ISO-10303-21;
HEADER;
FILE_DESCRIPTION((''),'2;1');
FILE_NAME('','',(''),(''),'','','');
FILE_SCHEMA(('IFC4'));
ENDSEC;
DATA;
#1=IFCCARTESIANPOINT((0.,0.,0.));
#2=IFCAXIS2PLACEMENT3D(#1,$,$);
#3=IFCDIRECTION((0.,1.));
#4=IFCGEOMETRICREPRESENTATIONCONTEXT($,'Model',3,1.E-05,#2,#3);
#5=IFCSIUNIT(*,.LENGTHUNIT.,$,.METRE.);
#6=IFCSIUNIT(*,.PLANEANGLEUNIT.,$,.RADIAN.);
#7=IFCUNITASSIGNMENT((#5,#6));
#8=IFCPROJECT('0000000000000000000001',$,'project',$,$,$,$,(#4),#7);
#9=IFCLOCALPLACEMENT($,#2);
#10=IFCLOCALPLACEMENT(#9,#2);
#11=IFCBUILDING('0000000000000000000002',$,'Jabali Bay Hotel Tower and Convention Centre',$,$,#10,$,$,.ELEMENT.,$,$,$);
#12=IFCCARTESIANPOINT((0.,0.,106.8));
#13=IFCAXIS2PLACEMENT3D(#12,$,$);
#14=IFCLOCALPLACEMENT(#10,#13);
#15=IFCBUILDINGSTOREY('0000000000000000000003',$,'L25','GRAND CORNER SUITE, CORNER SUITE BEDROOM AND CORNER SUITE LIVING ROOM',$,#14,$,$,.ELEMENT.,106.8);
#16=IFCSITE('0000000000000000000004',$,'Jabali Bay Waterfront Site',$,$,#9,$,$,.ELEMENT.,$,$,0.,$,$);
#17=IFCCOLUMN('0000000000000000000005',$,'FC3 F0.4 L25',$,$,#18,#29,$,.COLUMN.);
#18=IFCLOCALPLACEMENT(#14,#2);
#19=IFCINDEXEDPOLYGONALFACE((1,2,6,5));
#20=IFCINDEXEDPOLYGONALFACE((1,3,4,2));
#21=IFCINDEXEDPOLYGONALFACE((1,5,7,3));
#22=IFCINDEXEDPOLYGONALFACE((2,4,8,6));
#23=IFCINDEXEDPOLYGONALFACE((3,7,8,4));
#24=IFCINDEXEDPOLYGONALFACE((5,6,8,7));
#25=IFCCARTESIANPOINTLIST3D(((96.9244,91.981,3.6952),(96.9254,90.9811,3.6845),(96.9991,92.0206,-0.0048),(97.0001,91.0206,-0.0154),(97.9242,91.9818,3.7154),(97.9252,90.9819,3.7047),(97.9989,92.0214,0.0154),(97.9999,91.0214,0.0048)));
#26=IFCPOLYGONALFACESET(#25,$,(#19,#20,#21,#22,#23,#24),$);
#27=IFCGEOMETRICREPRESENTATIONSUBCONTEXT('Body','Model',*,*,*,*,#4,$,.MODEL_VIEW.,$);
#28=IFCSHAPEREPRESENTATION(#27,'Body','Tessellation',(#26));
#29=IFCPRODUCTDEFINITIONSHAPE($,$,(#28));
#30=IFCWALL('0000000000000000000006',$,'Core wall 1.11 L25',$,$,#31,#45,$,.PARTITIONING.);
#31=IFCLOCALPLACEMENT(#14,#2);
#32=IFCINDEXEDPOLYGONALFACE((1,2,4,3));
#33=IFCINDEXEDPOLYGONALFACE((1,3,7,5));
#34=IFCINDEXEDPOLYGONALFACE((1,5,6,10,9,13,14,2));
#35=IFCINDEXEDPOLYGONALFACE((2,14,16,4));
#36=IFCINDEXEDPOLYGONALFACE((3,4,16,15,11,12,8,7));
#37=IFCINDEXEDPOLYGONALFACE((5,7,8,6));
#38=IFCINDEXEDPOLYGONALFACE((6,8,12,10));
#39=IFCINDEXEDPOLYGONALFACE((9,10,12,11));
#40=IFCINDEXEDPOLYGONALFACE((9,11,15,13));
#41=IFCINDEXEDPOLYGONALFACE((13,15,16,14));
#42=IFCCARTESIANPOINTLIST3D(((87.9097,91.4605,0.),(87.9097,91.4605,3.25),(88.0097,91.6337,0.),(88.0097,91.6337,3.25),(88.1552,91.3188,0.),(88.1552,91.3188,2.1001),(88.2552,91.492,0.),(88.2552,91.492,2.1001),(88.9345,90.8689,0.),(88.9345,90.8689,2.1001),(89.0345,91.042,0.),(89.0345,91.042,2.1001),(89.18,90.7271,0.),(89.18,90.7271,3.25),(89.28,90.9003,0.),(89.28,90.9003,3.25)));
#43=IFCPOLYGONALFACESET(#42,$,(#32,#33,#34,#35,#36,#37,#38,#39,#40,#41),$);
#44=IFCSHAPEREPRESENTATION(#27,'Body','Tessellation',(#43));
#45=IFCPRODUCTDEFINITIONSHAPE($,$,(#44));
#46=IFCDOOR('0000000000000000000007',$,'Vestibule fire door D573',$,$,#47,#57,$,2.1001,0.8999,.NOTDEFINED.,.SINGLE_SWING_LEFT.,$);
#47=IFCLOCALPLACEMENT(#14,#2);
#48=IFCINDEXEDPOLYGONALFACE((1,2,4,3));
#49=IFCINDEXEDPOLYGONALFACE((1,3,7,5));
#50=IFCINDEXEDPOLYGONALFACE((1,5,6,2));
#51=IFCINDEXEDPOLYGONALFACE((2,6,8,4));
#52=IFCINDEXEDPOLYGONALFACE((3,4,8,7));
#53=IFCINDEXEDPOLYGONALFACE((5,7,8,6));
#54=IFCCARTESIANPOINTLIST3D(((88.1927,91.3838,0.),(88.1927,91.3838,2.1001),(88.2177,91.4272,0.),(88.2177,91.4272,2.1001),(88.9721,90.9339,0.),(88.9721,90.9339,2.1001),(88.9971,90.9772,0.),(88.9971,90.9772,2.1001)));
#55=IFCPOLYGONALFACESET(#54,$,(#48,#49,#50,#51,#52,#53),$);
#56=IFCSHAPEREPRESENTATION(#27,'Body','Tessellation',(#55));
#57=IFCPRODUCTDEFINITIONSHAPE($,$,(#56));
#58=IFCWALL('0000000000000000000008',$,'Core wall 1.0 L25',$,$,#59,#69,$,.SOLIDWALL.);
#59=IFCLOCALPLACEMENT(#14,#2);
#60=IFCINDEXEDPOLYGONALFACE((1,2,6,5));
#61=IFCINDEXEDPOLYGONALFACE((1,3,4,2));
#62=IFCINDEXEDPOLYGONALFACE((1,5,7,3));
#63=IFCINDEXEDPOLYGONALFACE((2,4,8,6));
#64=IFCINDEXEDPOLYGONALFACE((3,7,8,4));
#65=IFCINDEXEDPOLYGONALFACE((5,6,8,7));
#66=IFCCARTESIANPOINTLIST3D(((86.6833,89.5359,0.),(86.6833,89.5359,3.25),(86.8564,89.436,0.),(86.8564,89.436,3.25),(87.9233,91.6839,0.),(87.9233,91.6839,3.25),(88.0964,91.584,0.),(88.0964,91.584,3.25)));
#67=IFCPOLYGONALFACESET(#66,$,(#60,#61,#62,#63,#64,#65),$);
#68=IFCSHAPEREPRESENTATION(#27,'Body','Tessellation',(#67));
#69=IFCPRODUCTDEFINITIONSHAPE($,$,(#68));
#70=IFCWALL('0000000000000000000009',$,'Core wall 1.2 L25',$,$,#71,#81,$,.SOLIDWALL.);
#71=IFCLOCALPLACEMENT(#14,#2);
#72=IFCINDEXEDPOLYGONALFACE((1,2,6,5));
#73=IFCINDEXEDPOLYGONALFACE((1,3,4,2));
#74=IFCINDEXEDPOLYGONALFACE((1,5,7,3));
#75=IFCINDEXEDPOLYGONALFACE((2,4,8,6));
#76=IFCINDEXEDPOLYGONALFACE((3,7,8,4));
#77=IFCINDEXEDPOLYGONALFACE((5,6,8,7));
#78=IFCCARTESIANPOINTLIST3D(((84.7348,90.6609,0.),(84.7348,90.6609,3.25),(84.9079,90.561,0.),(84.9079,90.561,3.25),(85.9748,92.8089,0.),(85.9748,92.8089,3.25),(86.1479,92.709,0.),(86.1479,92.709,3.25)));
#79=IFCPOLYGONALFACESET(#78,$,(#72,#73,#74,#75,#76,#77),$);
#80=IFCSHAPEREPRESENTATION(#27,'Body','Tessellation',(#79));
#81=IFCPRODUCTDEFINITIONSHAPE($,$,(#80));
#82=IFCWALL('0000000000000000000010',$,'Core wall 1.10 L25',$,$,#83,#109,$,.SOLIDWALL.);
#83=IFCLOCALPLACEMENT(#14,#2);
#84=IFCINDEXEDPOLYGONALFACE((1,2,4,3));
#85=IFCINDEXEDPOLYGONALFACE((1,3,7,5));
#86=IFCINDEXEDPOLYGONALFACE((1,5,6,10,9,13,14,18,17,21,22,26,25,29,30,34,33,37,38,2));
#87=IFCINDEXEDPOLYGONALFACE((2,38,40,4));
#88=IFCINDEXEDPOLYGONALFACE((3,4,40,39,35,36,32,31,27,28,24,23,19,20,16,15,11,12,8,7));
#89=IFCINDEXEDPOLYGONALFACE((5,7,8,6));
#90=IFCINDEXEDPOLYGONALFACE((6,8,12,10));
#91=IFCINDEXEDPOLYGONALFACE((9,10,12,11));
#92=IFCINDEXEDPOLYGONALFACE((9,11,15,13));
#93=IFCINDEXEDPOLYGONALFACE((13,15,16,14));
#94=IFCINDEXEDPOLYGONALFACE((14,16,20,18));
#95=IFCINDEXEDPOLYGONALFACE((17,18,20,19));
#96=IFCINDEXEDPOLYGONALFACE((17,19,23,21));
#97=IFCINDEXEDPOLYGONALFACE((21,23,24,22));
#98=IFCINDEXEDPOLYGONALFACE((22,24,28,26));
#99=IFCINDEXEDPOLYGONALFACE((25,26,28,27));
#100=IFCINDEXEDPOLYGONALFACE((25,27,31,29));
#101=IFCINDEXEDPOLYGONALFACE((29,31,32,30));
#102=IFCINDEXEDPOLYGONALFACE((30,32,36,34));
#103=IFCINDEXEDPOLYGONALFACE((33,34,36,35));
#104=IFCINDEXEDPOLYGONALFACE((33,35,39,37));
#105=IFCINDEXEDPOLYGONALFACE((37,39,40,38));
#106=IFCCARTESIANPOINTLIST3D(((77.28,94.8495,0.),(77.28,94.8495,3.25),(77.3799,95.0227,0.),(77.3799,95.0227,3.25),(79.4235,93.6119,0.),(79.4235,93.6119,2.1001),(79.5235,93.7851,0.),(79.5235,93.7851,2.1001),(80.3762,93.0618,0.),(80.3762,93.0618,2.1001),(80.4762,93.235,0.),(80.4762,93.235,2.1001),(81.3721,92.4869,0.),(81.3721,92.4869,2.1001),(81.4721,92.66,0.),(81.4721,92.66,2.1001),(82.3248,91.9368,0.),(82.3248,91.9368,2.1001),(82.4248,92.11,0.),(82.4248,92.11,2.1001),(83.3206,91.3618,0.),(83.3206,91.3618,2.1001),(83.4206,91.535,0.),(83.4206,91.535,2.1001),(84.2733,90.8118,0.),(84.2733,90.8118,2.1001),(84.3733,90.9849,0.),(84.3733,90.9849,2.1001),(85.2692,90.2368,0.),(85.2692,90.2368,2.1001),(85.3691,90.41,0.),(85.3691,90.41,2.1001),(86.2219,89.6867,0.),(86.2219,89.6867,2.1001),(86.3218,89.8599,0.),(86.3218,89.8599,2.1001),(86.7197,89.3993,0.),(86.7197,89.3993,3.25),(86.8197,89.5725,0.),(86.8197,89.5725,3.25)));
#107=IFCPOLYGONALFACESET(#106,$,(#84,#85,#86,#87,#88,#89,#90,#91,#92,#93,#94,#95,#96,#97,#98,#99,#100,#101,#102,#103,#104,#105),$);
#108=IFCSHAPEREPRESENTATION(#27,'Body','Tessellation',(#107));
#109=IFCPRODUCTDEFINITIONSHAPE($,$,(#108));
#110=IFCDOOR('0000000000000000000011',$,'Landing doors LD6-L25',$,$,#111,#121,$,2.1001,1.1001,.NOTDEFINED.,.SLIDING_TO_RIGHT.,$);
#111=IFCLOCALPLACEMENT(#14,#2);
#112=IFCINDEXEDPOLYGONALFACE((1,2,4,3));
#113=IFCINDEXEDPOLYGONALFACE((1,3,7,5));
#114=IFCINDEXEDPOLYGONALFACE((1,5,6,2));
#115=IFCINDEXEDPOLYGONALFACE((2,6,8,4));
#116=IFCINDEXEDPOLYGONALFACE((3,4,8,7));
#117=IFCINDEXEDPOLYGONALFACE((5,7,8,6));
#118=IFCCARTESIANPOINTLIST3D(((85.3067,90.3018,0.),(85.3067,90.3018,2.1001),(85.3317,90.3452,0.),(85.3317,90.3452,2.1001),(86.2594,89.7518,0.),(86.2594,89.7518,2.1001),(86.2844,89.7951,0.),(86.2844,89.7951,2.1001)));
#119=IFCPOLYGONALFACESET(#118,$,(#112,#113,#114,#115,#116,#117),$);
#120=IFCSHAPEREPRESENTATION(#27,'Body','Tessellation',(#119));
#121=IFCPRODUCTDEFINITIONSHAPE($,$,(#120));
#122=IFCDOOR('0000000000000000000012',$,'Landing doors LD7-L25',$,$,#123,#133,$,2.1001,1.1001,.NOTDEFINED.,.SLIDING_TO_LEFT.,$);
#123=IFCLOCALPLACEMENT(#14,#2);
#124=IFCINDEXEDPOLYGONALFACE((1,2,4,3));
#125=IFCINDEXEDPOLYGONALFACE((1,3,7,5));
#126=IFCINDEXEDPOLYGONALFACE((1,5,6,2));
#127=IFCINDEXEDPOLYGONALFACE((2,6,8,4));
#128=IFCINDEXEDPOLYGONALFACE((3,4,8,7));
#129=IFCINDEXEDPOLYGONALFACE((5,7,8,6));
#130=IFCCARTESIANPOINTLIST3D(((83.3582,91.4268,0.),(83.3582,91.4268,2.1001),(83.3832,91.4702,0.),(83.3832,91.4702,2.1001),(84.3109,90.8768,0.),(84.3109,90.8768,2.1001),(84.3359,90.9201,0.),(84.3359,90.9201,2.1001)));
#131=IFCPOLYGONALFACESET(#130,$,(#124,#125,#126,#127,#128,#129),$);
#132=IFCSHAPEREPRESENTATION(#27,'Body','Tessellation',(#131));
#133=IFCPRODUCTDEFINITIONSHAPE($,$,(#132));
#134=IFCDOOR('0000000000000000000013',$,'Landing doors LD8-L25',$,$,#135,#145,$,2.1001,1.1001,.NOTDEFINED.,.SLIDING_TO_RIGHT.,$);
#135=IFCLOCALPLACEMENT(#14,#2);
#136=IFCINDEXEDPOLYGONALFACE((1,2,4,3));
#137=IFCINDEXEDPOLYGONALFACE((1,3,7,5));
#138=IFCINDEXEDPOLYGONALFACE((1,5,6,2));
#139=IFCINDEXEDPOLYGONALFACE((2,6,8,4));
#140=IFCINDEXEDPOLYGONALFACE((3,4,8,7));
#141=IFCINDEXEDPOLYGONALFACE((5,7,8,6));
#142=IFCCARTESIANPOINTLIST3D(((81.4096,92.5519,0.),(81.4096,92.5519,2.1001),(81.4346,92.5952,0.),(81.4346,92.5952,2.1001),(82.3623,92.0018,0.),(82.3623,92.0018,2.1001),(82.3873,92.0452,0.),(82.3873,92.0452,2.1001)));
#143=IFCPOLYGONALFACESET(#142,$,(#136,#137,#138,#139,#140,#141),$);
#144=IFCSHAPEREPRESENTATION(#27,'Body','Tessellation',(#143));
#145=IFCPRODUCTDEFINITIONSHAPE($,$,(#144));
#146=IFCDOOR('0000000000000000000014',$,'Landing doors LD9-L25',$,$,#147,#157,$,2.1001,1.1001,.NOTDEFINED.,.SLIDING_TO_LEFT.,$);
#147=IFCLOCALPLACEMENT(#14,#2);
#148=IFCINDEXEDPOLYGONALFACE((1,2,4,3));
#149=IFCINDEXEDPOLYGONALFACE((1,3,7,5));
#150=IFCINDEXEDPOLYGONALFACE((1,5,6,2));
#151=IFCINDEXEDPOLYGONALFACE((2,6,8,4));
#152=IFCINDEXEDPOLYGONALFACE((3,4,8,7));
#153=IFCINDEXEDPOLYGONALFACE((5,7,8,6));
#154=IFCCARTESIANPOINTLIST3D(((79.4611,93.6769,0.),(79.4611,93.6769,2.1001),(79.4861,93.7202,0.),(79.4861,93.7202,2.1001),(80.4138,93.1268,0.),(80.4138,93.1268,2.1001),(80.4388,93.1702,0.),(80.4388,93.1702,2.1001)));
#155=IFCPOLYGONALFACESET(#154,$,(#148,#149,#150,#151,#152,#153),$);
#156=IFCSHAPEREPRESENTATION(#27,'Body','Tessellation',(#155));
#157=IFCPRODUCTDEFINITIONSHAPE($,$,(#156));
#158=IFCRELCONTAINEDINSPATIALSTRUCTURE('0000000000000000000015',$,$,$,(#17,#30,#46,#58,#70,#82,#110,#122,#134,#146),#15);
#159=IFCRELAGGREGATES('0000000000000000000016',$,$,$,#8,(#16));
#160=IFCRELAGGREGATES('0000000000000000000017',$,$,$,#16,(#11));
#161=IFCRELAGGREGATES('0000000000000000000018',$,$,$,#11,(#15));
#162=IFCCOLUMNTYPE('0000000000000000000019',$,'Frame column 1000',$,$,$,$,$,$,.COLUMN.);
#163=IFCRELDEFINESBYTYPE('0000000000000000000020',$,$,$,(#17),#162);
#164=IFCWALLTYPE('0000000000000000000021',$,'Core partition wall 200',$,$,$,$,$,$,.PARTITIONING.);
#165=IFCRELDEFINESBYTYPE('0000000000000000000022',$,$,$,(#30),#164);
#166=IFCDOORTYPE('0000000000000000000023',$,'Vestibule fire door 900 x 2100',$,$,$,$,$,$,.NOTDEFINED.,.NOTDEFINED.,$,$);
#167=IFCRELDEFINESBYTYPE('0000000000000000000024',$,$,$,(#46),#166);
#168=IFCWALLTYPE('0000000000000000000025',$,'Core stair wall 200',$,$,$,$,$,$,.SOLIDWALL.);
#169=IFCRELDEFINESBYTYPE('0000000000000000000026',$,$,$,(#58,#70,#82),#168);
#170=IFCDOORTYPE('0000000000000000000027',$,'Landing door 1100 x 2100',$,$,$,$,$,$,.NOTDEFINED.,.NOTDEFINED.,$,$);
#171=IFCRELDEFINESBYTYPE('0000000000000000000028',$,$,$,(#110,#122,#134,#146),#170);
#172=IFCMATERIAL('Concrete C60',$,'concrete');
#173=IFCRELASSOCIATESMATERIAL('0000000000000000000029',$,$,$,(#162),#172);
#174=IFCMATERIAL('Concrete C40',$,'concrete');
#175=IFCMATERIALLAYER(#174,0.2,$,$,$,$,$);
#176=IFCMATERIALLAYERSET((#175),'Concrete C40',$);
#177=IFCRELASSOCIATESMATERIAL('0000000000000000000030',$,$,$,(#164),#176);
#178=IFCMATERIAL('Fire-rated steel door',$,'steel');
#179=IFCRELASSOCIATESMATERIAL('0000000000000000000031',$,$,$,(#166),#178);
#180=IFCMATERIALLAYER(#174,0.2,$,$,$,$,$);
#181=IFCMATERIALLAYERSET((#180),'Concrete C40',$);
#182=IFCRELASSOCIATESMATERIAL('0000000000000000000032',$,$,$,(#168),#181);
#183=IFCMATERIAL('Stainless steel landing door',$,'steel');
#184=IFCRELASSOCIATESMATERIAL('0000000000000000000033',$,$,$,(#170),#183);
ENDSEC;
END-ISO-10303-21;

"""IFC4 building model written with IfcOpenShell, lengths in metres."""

from ifc_helpers import new_model, si_unit, direction, frame, frame_2d, origin, origin_2d, place, context, subcontext, project, spatial, rectangle, extrude, material, layer, layer_set, material_profile, profile_set, type_object, element, fill, save


model = new_model("IFC4")

# Units and contexts
model_context = context("Model", 3, precision=1e-05, world=origin(), true_north=direction((0.0, 1.0)))
body_context = subcontext(model_context, "Body", "Model", "MODEL_VIEW")
ifc_project = project(units=[si_unit("LENGTHUNIT", "METRE"), si_unit("PLANEANGLEUNIT", "RADIAN")], contexts=[model_context])

# Site, building, storey
site_placement = place(None, origin())
site = spatial("IfcSite", under=ifc_project, at=site_placement, Name="Jabali Bay Waterfront Site", CompositionType="ELEMENT", RefElevation=0.0)
building_placement = place(site_placement, origin())
building = spatial("IfcBuilding", under=site, at=building_placement, Name="Jabali Bay Hotel Tower and Convention Centre", CompositionType="ELEMENT")
storey_placement = place(building_placement, frame((0.0, 0.0, 106.8)))
storey = spatial("IfcBuildingStorey", under=building, at=storey_placement, Name="L25", Description="GRAND CORNER SUITE, CORNER SUITE BEDROOM AND CORNER SUITE LIVING ROOM", CompositionType="ELEMENT", Elevation=106.8)

# Column
ifc_material_1 = material(Name="Concrete C60", Category="concrete")
ifc_material_profile = material_profile(ifc_material_1, rectangle(XDim=1.0, YDim=1.0, at=origin_2d()), Name="Frame column 1000")
ifc_profile_set = profile_set([ifc_material_profile], Name="Concrete C60")
column_type = type_object("IfcColumnType", Name="Frame column 1000", PredefinedType="COLUMN", material=ifc_profile_set)
column_placement = place(storey_placement, frame((97.4995, 91.521, 0.0), z_axis=(-0.020186, -0.010687, 0.999739), x_axis=(0.999796, 0.000797, 0.020196)))
element("IfcColumn", 1, at=column_placement, inside=storey, type_object=column_type, Name="FC3 F0.4 L25", PredefinedType="COLUMN", context=body_context, shape_type="SweptSolid", body=[
    extrude(rectangle(XDim=1.0, YDim=1.0, at=origin_2d()), origin(), (0.0, 0.0, 1.0), 3.7009),
])

# Wall, opening, door
ifc_material_2 = material(Name="Concrete C40", Category="concrete")
ifc_layer_1 = layer(ifc_material_2, 0.2)
ifc_layer_set_1 = layer_set([ifc_layer_1], Name="Concrete C40")
wall_type_1 = type_object("IfcWallType", Name="Core partition wall 200", PredefinedType="PARTITIONING", material=ifc_layer_set_1)
wall_1_placement = place(storey_placement, frame((89.23, 90.8137, 0.0), z_axis=(0.0, 0.0, 1.0), x_axis=(-0.866022, 0.500006, 0.0)))
wall_1 = element("IfcWall", 2, at=wall_1_placement, inside=storey, type_object=wall_type_1, Name="Core wall 1.11 L25", PredefinedType="PARTITIONING", context=body_context, shape_type="SweptSolid", body=[
    extrude(rectangle(XDim=1.4668, YDim=0.2, at=frame_2d((0.7334, 0.0))), origin(), (0.0, 0.0, 1.0), 3.25),
])
opening_1_placement = place(wall_1_placement, frame((0.2834, 0.0, 0.0)))
opening_1 = element("IfcOpeningElement", 3, at=opening_1_placement, cuts=wall_1, PredefinedType="OPENING", context=body_context, shape_type="SweptSolid", body=[
    extrude(rectangle(XDim=0.8999, YDim=2.1001, at=frame_2d((0.45, 1.05))), frame((0.0, 0.1104, 0.0), z_axis=(0.0, -1.0, 0.0), x_axis=(1.0, 0.0, 0.0)), (0.0, 0.0, 1.0), 0.2209),
])
ifc_material_3 = material(Name="Fire-rated steel door", Category="steel")
door_type_1 = type_object("IfcDoorType", Name="Vestibule fire door 900 x 2100", OperationType="NOTDEFINED", PredefinedType="NOTDEFINED", material=ifc_material_3)
door_1_placement = place(opening_1_placement, origin())
door_1 = element("IfcDoor", 4, at=door_1_placement, inside=storey, type_object=door_type_1, Name="Vestibule fire door D573", OperationType="SINGLE_SWING_LEFT", OverallHeight=2.1001, OverallWidth=0.8999, PredefinedType="NOTDEFINED", context=body_context, shape_type="SweptSolid", body=[
    extrude(rectangle(XDim=0.8999, YDim=2.1001, at=frame_2d((0.45, 1.05))), frame((0.0, 0.0249, 0.0), z_axis=(0.0, -1.0, 0.0), x_axis=(1.0, 0.0, 0.0)), (0.0, 0.0, 1.0), 0.05),
])
fill(opening_1, door_1)

# Walls
ifc_layer_2 = layer(ifc_material_2, 0.2)
ifc_layer_set_2 = layer_set([ifc_layer_2], Name="Concrete C40")
wall_type_2 = type_object("IfcWallType", Name="Core stair wall 200", PredefinedType="SOLIDWALL", material=ifc_layer_set_2)
for number, where, z_axis, x_axis, name in (
    (5, (86.7698, 89.4858, 0.0), (0.0, 0.0, 1.0), (0.499961, 0.866048, 0.0), "Core wall 1.0 L25"),
    (6, (84.8213, 90.6108, 0.0), (0.0, 0.0, 1.0), (0.499961, 0.866048, 0.0), "Core wall 1.2 L25"),
):
    element("IfcWall", number, at=place(storey_placement, frame(where, z_axis=z_axis, x_axis=x_axis)), inside=storey, type_object=wall_type_2, Name=name, PredefinedType="SOLIDWALL", context=body_context, shape_type="SweptSolid", body=[
        extrude(rectangle(XDim=2.4802, YDim=0.2, at=frame_2d((1.2402, 0.0))), origin(), (0.0, 0.0, 1.0), 3.25),
    ])

# Wall, openings, doors
wall_2_placement = place(storey_placement, frame((86.7698, 89.4858, 0.0), z_axis=(0.0, 0.0, 1.0), x_axis=(-0.866018, 0.500013, 0.0)))
wall_2 = element("IfcWall", 7, at=wall_2_placement, inside=storey, type_object=wall_type_2, Name="Core wall 1.10 L25", PredefinedType="SOLIDWALL", context=body_context, shape_type="SweptSolid", body=[
    extrude(rectangle(XDim=10.9001, YDim=0.2, at=frame_2d((5.4502, 0.0))), origin(), (0.0, 0.0, 1.0), 3.25),
])
opening_2_placement = place(wall_2_placement, frame((0.575, 0.0, 0.0)))
opening_2 = element("IfcOpeningElement", 8, at=opening_2_placement, cuts=wall_2, PredefinedType="OPENING", context=body_context, shape_type="SweptSolid", body=[
    extrude(rectangle(XDim=1.1001, YDim=2.1001, at=frame_2d((0.55, 1.05))), frame((0.0, 0.1104, 0.0), z_axis=(0.0, -1.0, 0.0), x_axis=(1.0, 0.0, 0.0)), (0.0, 0.0, 1.0), 0.2209),
])
opening_3_placement = place(wall_2_placement, frame((2.825, 0.0, 0.0)))
opening_3 = element("IfcOpeningElement", 9, at=opening_3_placement, cuts=wall_2, PredefinedType="OPENING", context=body_context, shape_type="SweptSolid", body=[
    extrude(rectangle(XDim=1.1001, YDim=2.1001, at=frame_2d((0.55, 1.05))), frame((0.0, 0.1104, 0.0), z_axis=(0.0, -1.0, 0.0), x_axis=(1.0, 0.0, 0.0)), (0.0, 0.0, 1.0), 0.2209),
])
opening_4_placement = place(wall_2_placement, frame((5.075, 0.0, 0.0)))
opening_4 = element("IfcOpeningElement", 10, at=opening_4_placement, cuts=wall_2, PredefinedType="OPENING", context=body_context, shape_type="SweptSolid", body=[
    extrude(rectangle(XDim=1.1001, YDim=2.1001, at=frame_2d((0.55, 1.05))), frame((0.0, 0.1104, 0.0), z_axis=(0.0, -1.0, 0.0), x_axis=(1.0, 0.0, 0.0)), (0.0, 0.0, 1.0), 0.2209),
])
opening_5_placement = place(wall_2_placement, frame((7.325, 0.0, 0.0)))
opening_5 = element("IfcOpeningElement", 11, at=opening_5_placement, cuts=wall_2, PredefinedType="OPENING", context=body_context, shape_type="SweptSolid", body=[
    extrude(rectangle(XDim=1.1001, YDim=2.1001, at=frame_2d((0.55, 1.05))), frame((0.0, 0.1104, 0.0), z_axis=(0.0, -1.0, 0.0), x_axis=(1.0, 0.0, 0.0)), (0.0, 0.0, 1.0), 0.2209),
])
ifc_material_4 = material(Name="Stainless steel landing door", Category="steel")
door_type_2 = type_object("IfcDoorType", Name="Landing door 1100 x 2100", OperationType="NOTDEFINED", PredefinedType="NOTDEFINED", material=ifc_material_4)
door_2_placement = place(opening_2_placement, origin())
door_2 = element("IfcDoor", 12, at=door_2_placement, inside=storey, type_object=door_type_2, Name="Landing doors LD6-L25", OperationType="SLIDING_TO_RIGHT", OverallHeight=2.1001, OverallWidth=1.1001, PredefinedType="NOTDEFINED", context=body_context, shape_type="SweptSolid", body=[
    extrude(rectangle(XDim=1.1001, YDim=2.1001, at=frame_2d((0.55, 1.05))), frame((0.0, 0.0249, 0.0), z_axis=(0.0, -1.0, 0.0), x_axis=(1.0, 0.0, 0.0)), (0.0, 0.0, 1.0), 0.05),
])
fill(opening_2, door_2)
door_3_placement = place(opening_3_placement, origin())
door_3 = element("IfcDoor", 13, at=door_3_placement, inside=storey, type_object=door_type_2, Name="Landing doors LD7-L25", OperationType="SLIDING_TO_LEFT", OverallHeight=2.1001, OverallWidth=1.1001, PredefinedType="NOTDEFINED", context=body_context, shape_type="SweptSolid", body=[
    extrude(rectangle(XDim=1.1001, YDim=2.1001, at=frame_2d((0.55, 1.05))), frame((0.0, 0.0249, 0.0), z_axis=(0.0, -1.0, 0.0), x_axis=(1.0, 0.0, 0.0)), (0.0, 0.0, 1.0), 0.05),
])
fill(opening_3, door_3)
door_4_placement = place(opening_4_placement, origin())
door_4 = element("IfcDoor", 14, at=door_4_placement, inside=storey, type_object=door_type_2, Name="Landing doors LD8-L25", OperationType="SLIDING_TO_RIGHT", OverallHeight=2.1001, OverallWidth=1.1001, PredefinedType="NOTDEFINED", context=body_context, shape_type="SweptSolid", body=[
    extrude(rectangle(XDim=1.1001, YDim=2.1001, at=frame_2d((0.55, 1.05))), frame((0.0, 0.0249, 0.0), z_axis=(0.0, -1.0, 0.0), x_axis=(1.0, 0.0, 0.0)), (0.0, 0.0, 1.0), 0.05),
])
fill(opening_4, door_4)
door_5_placement = place(opening_5_placement, origin())
door_5 = element("IfcDoor", 15, at=door_5_placement, inside=storey, type_object=door_type_2, Name="Landing doors LD9-L25", OperationType="SLIDING_TO_LEFT", OverallHeight=2.1001, OverallWidth=1.1001, PredefinedType="NOTDEFINED", context=body_context, shape_type="SweptSolid", body=[
    extrude(rectangle(XDim=1.1001, YDim=2.1001, at=frame_2d((0.55, 1.05))), frame((0.0, 0.0249, 0.0), z_axis=(0.0, -1.0, 0.0), x_axis=(1.0, 0.0, 0.0)), (0.0, 0.0, 1.0), 0.05),
])
fill(opening_5, door_5)

save(model, "model.ifc")
